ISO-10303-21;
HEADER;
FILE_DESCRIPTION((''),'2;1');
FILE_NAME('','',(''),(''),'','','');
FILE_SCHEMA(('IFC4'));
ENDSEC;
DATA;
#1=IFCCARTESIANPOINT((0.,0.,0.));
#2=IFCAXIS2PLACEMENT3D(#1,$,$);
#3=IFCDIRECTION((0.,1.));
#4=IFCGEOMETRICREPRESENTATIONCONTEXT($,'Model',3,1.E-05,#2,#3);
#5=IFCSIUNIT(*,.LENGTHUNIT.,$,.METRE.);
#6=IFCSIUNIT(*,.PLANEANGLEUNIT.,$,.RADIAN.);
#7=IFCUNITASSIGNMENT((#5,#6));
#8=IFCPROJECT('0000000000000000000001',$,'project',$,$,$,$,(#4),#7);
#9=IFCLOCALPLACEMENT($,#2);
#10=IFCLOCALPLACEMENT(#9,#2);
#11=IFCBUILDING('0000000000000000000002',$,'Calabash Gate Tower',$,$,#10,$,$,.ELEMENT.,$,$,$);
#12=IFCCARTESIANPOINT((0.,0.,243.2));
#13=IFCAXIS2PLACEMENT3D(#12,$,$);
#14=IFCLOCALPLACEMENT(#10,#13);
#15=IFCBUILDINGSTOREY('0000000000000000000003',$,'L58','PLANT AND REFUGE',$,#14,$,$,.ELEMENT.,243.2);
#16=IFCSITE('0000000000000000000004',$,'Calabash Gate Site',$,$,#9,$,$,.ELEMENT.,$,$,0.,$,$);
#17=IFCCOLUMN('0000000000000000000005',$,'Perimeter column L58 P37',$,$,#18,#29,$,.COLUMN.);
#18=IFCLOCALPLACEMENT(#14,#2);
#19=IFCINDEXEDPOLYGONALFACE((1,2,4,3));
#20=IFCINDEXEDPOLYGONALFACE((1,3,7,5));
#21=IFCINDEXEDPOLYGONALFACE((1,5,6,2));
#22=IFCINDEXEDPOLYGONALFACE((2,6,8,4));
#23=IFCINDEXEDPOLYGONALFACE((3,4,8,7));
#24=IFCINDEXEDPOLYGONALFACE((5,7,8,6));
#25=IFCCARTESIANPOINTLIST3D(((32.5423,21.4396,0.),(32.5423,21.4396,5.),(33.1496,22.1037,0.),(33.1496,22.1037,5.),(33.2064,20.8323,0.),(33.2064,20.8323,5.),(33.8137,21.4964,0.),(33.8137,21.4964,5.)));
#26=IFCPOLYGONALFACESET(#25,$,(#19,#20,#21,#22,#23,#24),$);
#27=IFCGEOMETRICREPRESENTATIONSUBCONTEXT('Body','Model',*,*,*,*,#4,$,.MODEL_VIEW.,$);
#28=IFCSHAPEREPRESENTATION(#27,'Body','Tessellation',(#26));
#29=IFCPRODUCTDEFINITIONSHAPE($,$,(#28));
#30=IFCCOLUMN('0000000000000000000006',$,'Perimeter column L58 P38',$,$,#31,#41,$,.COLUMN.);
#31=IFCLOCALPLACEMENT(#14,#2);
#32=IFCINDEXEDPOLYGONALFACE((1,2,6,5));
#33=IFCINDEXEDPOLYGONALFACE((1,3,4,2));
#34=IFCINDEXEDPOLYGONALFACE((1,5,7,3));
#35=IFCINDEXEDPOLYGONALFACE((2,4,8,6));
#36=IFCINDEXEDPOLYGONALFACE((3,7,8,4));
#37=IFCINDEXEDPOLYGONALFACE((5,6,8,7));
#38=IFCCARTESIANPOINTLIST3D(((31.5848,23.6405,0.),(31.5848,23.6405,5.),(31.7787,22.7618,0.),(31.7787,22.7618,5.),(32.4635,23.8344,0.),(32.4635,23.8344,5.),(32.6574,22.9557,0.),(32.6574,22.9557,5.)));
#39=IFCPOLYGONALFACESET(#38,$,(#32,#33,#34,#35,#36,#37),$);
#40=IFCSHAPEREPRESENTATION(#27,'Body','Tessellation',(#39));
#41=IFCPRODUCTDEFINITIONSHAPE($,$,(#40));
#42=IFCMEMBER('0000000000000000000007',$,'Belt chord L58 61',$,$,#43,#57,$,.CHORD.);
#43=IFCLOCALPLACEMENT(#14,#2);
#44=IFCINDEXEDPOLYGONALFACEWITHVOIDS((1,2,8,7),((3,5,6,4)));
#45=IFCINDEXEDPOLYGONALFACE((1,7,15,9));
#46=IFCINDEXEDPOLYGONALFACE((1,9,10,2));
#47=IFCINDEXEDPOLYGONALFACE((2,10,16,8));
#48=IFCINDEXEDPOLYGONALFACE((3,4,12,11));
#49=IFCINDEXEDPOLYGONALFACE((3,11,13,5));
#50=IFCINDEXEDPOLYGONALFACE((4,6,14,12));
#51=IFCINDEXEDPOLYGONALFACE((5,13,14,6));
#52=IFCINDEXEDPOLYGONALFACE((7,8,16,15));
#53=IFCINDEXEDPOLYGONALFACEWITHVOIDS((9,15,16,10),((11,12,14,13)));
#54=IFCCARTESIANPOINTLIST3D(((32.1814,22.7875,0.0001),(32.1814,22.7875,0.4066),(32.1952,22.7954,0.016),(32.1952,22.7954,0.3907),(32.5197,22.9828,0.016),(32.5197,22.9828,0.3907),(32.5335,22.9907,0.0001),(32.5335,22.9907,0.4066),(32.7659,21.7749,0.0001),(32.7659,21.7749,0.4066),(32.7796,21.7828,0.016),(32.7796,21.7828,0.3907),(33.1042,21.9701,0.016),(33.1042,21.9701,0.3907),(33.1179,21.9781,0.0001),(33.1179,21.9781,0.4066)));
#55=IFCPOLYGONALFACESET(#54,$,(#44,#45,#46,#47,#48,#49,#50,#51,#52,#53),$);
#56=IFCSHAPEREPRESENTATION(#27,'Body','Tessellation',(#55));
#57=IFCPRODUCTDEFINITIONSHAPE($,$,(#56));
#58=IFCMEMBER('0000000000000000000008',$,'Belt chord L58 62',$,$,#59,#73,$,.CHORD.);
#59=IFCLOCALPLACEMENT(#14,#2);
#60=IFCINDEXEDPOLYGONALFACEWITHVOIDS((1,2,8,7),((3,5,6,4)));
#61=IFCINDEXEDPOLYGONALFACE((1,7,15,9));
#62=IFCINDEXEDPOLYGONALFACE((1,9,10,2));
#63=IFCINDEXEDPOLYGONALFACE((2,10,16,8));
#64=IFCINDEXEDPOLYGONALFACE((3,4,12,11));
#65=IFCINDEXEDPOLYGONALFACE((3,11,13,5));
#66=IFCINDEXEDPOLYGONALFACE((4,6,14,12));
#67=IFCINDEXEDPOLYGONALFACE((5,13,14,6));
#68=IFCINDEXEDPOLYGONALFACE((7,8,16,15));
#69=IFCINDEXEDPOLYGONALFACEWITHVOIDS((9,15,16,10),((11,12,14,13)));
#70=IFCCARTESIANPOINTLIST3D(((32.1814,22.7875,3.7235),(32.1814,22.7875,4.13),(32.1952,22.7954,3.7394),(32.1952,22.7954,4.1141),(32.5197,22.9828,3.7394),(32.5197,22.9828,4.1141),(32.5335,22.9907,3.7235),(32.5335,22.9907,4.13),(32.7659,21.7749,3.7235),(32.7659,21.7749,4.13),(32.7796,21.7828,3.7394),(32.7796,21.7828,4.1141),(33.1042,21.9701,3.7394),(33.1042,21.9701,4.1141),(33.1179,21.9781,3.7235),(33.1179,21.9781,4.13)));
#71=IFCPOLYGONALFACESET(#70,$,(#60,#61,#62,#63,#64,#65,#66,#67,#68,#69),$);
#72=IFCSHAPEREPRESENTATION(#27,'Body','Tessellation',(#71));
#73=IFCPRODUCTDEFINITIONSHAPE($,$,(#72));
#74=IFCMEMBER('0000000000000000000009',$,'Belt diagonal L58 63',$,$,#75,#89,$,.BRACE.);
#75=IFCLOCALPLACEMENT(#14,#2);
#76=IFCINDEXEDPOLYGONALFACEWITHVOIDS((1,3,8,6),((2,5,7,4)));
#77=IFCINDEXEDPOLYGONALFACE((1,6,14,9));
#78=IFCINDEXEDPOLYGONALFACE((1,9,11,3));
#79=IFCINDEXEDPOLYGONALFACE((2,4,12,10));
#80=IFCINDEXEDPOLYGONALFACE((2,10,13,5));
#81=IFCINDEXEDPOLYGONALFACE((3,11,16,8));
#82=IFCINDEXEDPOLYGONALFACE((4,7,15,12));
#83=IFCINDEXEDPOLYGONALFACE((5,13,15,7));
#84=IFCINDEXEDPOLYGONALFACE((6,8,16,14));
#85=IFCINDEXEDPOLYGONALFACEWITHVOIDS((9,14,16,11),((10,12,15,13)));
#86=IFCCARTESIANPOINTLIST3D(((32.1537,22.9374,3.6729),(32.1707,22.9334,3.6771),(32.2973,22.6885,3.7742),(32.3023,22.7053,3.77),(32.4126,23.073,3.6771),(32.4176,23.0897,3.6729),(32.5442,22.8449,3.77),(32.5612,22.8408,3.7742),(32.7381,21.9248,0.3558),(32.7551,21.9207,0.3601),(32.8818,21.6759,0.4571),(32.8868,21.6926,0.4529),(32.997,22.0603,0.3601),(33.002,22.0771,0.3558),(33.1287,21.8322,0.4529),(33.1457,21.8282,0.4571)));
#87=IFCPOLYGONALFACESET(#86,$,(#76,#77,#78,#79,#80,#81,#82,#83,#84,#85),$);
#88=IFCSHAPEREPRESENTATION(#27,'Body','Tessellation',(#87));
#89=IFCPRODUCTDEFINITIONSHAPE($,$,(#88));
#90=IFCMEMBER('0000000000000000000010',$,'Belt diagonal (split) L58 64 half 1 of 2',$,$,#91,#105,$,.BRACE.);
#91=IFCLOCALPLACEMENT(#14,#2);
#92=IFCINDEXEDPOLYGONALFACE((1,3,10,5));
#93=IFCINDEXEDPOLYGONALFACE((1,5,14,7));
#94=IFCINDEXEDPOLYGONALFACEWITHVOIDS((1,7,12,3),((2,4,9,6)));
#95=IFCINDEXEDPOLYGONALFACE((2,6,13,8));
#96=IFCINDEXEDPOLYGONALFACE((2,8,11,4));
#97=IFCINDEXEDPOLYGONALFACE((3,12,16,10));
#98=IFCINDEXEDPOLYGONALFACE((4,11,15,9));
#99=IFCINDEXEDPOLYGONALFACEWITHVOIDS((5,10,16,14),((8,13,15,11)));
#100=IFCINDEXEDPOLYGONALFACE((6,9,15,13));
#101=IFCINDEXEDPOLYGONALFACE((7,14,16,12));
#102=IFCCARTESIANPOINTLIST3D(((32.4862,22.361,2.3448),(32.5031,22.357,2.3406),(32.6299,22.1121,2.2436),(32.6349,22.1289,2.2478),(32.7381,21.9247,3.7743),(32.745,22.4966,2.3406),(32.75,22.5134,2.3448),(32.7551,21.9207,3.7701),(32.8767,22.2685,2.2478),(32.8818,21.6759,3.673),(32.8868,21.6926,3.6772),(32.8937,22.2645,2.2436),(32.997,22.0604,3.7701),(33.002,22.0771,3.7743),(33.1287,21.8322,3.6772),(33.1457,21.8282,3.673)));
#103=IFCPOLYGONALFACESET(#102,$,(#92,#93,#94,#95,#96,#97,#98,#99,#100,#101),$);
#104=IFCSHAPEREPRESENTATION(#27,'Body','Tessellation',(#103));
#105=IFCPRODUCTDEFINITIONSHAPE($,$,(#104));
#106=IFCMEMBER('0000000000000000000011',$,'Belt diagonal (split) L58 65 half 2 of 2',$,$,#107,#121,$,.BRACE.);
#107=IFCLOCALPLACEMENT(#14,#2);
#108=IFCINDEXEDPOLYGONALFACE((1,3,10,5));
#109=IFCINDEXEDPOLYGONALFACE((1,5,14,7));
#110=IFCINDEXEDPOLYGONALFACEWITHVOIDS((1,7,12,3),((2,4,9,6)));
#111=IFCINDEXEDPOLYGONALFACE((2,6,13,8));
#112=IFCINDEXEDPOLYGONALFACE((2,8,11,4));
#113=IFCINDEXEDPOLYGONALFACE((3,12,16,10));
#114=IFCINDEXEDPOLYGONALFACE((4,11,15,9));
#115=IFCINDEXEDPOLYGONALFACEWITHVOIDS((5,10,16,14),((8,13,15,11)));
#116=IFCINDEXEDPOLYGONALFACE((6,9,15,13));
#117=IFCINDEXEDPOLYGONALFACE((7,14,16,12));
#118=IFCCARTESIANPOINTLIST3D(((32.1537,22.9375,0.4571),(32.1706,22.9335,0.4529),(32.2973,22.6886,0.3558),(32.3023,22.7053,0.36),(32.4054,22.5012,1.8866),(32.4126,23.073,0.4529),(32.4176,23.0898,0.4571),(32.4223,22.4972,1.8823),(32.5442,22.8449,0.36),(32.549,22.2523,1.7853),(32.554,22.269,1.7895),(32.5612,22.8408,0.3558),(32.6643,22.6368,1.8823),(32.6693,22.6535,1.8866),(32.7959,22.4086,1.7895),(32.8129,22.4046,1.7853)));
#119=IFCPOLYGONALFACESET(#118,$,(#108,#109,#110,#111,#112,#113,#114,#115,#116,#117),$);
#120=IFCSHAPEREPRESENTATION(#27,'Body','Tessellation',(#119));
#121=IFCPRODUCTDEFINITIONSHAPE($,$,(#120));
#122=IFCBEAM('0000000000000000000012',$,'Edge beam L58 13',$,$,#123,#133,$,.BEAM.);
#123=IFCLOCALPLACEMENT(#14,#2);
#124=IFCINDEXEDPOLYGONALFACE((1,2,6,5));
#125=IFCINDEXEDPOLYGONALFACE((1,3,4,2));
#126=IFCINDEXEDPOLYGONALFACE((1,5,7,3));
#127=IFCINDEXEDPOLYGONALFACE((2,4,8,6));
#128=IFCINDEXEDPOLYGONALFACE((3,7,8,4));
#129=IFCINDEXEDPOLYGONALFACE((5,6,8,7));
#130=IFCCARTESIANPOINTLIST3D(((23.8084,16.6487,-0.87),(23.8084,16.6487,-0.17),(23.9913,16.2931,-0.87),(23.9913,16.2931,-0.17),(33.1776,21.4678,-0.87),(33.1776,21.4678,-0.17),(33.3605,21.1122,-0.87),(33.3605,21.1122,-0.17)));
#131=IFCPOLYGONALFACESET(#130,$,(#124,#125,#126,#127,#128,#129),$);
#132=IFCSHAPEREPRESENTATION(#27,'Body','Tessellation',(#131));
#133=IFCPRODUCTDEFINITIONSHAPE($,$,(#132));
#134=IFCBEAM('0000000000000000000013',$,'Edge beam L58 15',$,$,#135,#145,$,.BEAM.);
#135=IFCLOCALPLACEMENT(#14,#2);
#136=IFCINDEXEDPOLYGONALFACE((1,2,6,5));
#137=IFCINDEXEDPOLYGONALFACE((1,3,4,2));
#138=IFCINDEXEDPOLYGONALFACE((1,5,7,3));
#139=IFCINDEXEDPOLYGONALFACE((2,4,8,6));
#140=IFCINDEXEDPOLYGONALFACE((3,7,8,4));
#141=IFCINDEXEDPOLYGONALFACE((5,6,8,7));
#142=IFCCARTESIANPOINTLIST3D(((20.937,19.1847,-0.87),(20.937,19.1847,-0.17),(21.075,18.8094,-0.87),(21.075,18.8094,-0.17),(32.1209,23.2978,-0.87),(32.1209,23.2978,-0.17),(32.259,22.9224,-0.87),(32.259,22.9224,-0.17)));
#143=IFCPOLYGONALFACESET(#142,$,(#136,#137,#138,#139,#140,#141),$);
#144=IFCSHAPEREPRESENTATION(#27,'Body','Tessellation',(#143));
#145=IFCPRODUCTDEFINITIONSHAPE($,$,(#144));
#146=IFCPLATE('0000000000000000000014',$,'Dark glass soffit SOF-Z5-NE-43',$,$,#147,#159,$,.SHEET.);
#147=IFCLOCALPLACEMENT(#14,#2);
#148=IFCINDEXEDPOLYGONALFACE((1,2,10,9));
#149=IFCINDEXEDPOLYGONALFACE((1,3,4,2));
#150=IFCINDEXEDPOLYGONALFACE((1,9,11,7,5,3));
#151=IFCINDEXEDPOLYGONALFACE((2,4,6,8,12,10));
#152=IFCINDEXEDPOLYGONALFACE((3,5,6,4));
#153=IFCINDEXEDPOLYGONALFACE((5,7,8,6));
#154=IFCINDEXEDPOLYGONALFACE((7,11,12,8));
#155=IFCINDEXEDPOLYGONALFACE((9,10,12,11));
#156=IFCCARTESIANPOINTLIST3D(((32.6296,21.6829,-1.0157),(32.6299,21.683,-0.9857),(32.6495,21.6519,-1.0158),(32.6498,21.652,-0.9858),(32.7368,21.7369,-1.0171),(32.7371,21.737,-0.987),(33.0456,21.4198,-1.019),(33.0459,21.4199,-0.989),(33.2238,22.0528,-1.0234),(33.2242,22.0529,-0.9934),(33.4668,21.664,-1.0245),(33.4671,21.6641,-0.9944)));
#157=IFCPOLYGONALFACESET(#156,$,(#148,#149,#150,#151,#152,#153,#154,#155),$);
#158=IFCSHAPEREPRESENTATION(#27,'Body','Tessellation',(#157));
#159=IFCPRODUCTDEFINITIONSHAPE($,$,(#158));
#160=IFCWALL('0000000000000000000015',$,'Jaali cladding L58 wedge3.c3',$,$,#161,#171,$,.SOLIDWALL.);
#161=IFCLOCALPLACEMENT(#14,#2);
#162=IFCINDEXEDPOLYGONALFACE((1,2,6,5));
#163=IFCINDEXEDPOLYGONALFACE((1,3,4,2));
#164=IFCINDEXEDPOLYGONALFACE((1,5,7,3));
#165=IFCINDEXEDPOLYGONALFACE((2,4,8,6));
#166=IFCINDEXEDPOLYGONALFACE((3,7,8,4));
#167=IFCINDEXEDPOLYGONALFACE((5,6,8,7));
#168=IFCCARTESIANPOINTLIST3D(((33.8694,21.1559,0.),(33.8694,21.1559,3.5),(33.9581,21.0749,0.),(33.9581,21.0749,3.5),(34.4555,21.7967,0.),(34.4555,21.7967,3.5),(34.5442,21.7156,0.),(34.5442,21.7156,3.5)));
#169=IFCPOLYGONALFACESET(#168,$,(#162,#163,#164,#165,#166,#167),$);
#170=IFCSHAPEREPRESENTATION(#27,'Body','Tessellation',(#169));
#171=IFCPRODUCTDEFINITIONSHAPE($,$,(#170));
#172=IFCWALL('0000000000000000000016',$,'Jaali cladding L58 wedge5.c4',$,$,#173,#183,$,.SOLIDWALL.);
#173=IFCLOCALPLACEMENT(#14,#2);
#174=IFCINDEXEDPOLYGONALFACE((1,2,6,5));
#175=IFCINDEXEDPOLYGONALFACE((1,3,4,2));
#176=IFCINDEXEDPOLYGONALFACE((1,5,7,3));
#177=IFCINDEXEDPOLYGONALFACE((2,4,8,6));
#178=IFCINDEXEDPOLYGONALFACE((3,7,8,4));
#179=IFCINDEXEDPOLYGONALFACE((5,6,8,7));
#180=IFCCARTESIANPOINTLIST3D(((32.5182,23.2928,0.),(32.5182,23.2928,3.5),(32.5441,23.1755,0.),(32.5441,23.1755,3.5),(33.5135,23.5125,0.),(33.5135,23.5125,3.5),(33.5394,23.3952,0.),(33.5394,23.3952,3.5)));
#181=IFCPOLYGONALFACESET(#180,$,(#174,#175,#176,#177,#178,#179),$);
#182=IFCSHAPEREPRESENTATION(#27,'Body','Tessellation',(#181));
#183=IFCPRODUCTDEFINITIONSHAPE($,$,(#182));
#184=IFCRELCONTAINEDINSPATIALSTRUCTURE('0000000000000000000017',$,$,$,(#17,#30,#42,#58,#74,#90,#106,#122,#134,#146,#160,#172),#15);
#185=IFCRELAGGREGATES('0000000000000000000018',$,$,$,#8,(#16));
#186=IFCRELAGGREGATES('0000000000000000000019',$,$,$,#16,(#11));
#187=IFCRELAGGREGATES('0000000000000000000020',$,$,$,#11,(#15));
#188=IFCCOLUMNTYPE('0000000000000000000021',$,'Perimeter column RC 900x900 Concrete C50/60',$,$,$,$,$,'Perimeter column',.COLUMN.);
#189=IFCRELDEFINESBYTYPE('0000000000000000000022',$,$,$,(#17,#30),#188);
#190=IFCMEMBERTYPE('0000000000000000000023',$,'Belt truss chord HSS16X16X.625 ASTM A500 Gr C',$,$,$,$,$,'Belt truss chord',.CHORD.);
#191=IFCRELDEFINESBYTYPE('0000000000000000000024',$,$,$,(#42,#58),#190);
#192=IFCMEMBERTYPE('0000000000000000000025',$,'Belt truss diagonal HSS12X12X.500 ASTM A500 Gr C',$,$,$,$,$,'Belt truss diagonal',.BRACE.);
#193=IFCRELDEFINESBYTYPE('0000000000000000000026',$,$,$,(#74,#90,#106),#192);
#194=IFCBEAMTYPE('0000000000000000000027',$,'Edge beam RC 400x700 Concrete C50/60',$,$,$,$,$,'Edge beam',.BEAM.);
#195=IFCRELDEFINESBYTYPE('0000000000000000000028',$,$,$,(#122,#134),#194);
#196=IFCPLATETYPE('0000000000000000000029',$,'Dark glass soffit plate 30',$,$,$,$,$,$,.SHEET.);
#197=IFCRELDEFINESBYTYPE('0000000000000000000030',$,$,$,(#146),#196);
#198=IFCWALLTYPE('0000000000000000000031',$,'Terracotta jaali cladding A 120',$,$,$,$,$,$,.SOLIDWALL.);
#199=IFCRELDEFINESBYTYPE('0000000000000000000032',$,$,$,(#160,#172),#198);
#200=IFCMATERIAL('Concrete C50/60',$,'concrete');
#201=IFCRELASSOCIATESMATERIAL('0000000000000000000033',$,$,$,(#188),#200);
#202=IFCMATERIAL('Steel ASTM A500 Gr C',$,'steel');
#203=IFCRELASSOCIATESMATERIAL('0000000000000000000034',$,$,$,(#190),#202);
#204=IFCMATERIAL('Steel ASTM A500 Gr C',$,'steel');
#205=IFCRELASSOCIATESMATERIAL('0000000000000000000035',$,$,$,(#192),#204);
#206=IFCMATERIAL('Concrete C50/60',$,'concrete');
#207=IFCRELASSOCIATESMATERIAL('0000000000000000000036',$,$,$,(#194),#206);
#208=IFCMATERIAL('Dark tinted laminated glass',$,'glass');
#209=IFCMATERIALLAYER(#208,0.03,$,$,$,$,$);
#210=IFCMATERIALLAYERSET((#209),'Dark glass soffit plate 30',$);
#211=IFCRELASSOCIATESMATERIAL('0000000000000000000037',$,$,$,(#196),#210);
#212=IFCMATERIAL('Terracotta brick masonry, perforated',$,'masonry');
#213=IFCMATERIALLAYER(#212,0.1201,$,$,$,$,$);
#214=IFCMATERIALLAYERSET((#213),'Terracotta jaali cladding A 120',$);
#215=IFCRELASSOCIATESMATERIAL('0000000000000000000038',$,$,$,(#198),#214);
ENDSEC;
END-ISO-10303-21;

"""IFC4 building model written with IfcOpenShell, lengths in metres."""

from ifc_helpers import new_model, si_unit, direction, frame, frame_2d, origin, origin_2d, place, context, subcontext, project, spatial, polyline, rectangle, hollow_rectangle, outline, extrude, material, layer, layer_set, material_profile, profile_set, type_object, element, save


model = new_model("IFC4")

# Units and contexts
model_context = context("Model", 3, precision=1e-05, world=origin(), true_north=direction((0.0, 1.0)))
body_context = subcontext(model_context, "Body", "Model", "MODEL_VIEW")
ifc_project = project(units=[si_unit("LENGTHUNIT", "METRE"), si_unit("PLANEANGLEUNIT", "RADIAN")], contexts=[model_context])

# Site, building, storey
site_placement = place(None, origin())
site = spatial("IfcSite", under=ifc_project, at=site_placement, Name="Calabash Gate Site", CompositionType="ELEMENT", RefElevation=0.0)
building_placement = place(site_placement, origin())
building = spatial("IfcBuilding", under=site, at=building_placement, Name="Calabash Gate Tower", CompositionType="ELEMENT")
storey_placement = place(building_placement, frame((0.0, 0.0, 243.2)))
storey = spatial("IfcBuildingStorey", under=building, at=storey_placement, Name="L58", Description="PLANT AND REFUGE", CompositionType="ELEMENT", Elevation=243.2)

# Columns
ifc_material_1 = material(Name="Concrete C50/60", Category="concrete")
ifc_material_profile_1 = material_profile(ifc_material_1, rectangle(XDim=0.8999, YDim=0.8999, at=origin_2d()))
ifc_profile_set_1 = profile_set([ifc_material_profile_1], Name="Concrete C50/60")
column_type = type_object("IfcColumnType", Name="Perimeter column RC 900x900 Concrete C50/60", ElementType="Perimeter column", PredefinedType="COLUMN", material=ifc_profile_set_1)
for number, where, z_axis, x_axis, name in (
    (1, (33.178, 21.468, 0.0), (0.0, 0.0, 1.0), (0.674856, 0.737949, 0.0), "Perimeter column L58 P37"),
    (2, (32.1211, 23.2981, 0.0), (0.0, 0.0, 1.0), (-0.976511, -0.215468, 0.0), "Perimeter column L58 P38"),
):
    element("IfcColumn", number, at=place(storey_placement, frame(where, z_axis=z_axis, x_axis=x_axis)), inside=storey, type_object=column_type, Name=name, PredefinedType="COLUMN", context=body_context, shape_type="SweptSolid", body=[
        extrude(rectangle(XDim=0.8999, YDim=0.8999, at=origin_2d()), origin(), (0.0, 0.0, 1.0), 5.0),
    ])

# Members
ifc_material_2 = material(Name="Steel ASTM A500 Gr C", Category="steel")
ifc_material_profile_2 = material_profile(ifc_material_2, hollow_rectangle(XDim=0.4065, YDim=0.4065, WallThickness=0.0159, at=origin_2d()))
ifc_profile_set_2 = profile_set([ifc_material_profile_2], Name="Steel ASTM A500 Gr C")
member_type_1 = type_object("IfcMemberType", Name="Belt truss chord HSS16X16X.625 ASTM A500 Gr C", ElementType="Belt truss chord", PredefinedType="CHORD", material=ifc_profile_set_2)
for number, where, z_axis, x_axis, name in (
    (3, (32.9419, 21.8765, 0.2034), (-0.499867, 0.866102, 0.0), (-0.866102, -0.499867, 0.0), "Belt chord L58 61"),
    (4, (32.9419, 21.8765, 3.9268), (-0.499867, 0.866102, 0.0), (-0.866102, -0.499867, 0.0), "Belt chord L58 62"),
):
    element("IfcMember", number, at=place(storey_placement, frame(where, z_axis=z_axis, x_axis=x_axis)), inside=storey, type_object=member_type_1, Name=name, PredefinedType="CHORD", context=body_context, shape_type="SweptSolid", body=[
        extrude(hollow_rectangle(XDim=0.4065, YDim=0.4065, WallThickness=0.0159, at=origin_2d()), origin(), (0.0, 0.0, 1.0), 1.1692),
    ])
ifc_material_3 = material(Name="Steel ASTM A500 Gr C", Category="steel")
ifc_material_profile_3 = material_profile(ifc_material_3, hollow_rectangle(XDim=0.3047, YDim=0.3047, WallThickness=0.0127, at=origin_2d()))
ifc_profile_set_3 = profile_set([ifc_material_profile_3], Name="Steel ASTM A500 Gr C")
member_type_2 = type_object("IfcMemberType", Name="Belt truss diagonal HSS12X12X.500 ASTM A500 Gr C", ElementType="Belt truss diagonal", PredefinedType="BRACE", material=ifc_profile_set_3)
member_placement = place(storey_placement, frame((32.9419, 21.8765, 0.4065), z_axis=(-0.166176, 0.287928, 0.943124), x_axis=(-0.866102, -0.499867, 0.0)))
element("IfcMember", 5, at=member_placement, inside=storey, type_object=member_type_2, Name="Belt diagonal L58 63", PredefinedType="BRACE", context=body_context, shape_type="SweptSolid", body=[
    extrude(hollow_rectangle(XDim=0.3047, YDim=0.3047, WallThickness=0.0127, at=origin_2d()), origin(), (0.0, 0.0, 1.0), 3.5171),
])
for number, where, z_axis, x_axis, name in (
    (6, (32.9419, 21.8765, 3.7236), (-0.166237, 0.287854, -0.943136), (-0.865968, -0.5001, 0.0), "Belt diagonal (split) L58 64 half 1 of 2"),
    (7, (32.6091, 22.4529, 1.8359), (-0.16608, 0.287862, -0.943161), (-0.866178, -0.499736, 0.0), "Belt diagonal (split) L58 65 half 2 of 2"),
):
    element("IfcMember", number, at=place(storey_placement, frame(where, z_axis=z_axis, x_axis=x_axis)), inside=storey, type_object=member_type_2, Name=name, PredefinedType="BRACE", context=body_context, shape_type="SweptSolid", body=[
        extrude(hollow_rectangle(XDim=0.3047, YDim=0.3047, WallThickness=0.0127, at=origin_2d()), origin(), (0.0, 0.0, 1.0), 1.5156),
    ])

# Beams
ifc_material_4 = material(Name="Concrete C50/60", Category="concrete")
ifc_material_profile_4 = material_profile(ifc_material_4, rectangle(XDim=0.3999, YDim=0.7, at=origin_2d()))
ifc_profile_set_4 = profile_set([ifc_material_profile_4], Name="Concrete C50/60")
beam_type = type_object("IfcBeamType", Name="Edge beam RC 400x700 Concrete C50/60", ElementType="Edge beam", PredefinedType="BEAM", material=ifc_profile_set_4)
beam_1_placement = place(storey_placement, frame((33.269, 21.29, -0.52), z_axis=(-0.889262, -0.457399, 0.0), x_axis=(0.457399, -0.889262, 0.0)))
element("IfcBeam", 8, at=beam_1_placement, inside=storey, type_object=beam_type, Name="Edge beam L58 13", PredefinedType="BEAM", context=body_context, shape_type="SweptSolid", body=[
    extrude(rectangle(XDim=0.3999, YDim=0.7, at=origin_2d()), origin(), (0.0, 0.0, 1.0), 10.5359),
])
beam_2_placement = place(storey_placement, frame((32.1899, 23.1101, -0.52), z_axis=(-0.938542, -0.345164, 0.0), x_axis=(0.345164, -0.938542, 0.0)))
element("IfcBeam", 9, at=beam_2_placement, inside=storey, type_object=beam_type, Name="Edge beam L58 15", PredefinedType="BEAM", context=body_context, shape_type="SweptSolid", body=[
    extrude(rectangle(XDim=0.3999, YDim=0.7, at=origin_2d()), origin(), (0.0, 0.0, 1.0), 11.9163),
])

# Plate
ifc_material_5 = material(Name="Dark tinted laminated glass", Category="glass")
ifc_layer_1 = layer(ifc_material_5, 0.03)
ifc_layer_set_1 = layer_set([ifc_layer_1], Name="Dark glass soffit plate 30")
plate_type = type_object("IfcPlateType", Name="Dark glass soffit plate 30", PredefinedType="SHEET", material=ifc_layer_set_1)
plate_placement = place(storey_placement, frame((33.0459, 21.4199, -0.989), z_axis=(0.010531, 0.003998, 0.999937), x_axis=(-0.697645, 0.71643, 0.004483)))
element("IfcPlate", 10, at=plate_placement, inside=storey, type_object=plate_type, Name="Dark glass soffit SOF-Z5-NE-43", PredefinedType="SHEET", context=body_context, shape_type="SweptSolid", body=[
    extrude(outline(polyline([(0.0, 0.0), (0.4426, 0.0), (0.4426, 0.1218), (0.4788, 0.1145), (0.3291, -0.5693), (-0.1189, -0.4722), (0.0, 0.0)])), origin(), (0.0, 0.0, -1.0), 0.03),
])

# Walls
ifc_material_6 = material(Name="Terracotta brick masonry, perforated", Category="masonry")
ifc_layer_2 = layer(ifc_material_6, 0.1201)
ifc_layer_set_2 = layer_set([ifc_layer_2], Name="Terracotta jaali cladding A 120")
wall_type = type_object("IfcWallType", Name="Terracotta jaali cladding A 120", PredefinedType="SOLIDWALL", material=ifc_layer_set_2)
wall_1_placement = place(storey_placement, frame((33.9138, 21.1155, 0.0), z_axis=(0.0, 0.0, 1.0), x_axis=(0.674922, 0.737889, 0.0)))
element("IfcWall", 11, at=wall_1_placement, inside=storey, type_object=wall_type, Name="Jaali cladding L58 wedge3.c3", PredefinedType="SOLIDWALL", context=body_context, shape_type="SweptSolid", body=[
    extrude(rectangle(XDim=0.8684, YDim=0.1201, at=frame_2d((0.4341, 0.0))), origin(), (0.0, 0.0, 1.0), 3.5),
])
wall_2_placement = place(storey_placement, frame((33.5266, 23.4539, 0.0), z_axis=(0.0, 0.0, 1.0), x_axis=(-0.97649, -0.215561, 0.0)))
element("IfcWall", 12, at=wall_2_placement, inside=storey, type_object=wall_type, Name="Jaali cladding L58 wedge5.c4", PredefinedType="SOLIDWALL", context=body_context, shape_type="SweptSolid", body=[
    extrude(rectangle(XDim=1.0193, YDim=0.1201, at=frame_2d((0.5098, 0.0))), origin(), (0.0, 0.0, 1.0), 3.5),
])

save(model, "model.ifc")
